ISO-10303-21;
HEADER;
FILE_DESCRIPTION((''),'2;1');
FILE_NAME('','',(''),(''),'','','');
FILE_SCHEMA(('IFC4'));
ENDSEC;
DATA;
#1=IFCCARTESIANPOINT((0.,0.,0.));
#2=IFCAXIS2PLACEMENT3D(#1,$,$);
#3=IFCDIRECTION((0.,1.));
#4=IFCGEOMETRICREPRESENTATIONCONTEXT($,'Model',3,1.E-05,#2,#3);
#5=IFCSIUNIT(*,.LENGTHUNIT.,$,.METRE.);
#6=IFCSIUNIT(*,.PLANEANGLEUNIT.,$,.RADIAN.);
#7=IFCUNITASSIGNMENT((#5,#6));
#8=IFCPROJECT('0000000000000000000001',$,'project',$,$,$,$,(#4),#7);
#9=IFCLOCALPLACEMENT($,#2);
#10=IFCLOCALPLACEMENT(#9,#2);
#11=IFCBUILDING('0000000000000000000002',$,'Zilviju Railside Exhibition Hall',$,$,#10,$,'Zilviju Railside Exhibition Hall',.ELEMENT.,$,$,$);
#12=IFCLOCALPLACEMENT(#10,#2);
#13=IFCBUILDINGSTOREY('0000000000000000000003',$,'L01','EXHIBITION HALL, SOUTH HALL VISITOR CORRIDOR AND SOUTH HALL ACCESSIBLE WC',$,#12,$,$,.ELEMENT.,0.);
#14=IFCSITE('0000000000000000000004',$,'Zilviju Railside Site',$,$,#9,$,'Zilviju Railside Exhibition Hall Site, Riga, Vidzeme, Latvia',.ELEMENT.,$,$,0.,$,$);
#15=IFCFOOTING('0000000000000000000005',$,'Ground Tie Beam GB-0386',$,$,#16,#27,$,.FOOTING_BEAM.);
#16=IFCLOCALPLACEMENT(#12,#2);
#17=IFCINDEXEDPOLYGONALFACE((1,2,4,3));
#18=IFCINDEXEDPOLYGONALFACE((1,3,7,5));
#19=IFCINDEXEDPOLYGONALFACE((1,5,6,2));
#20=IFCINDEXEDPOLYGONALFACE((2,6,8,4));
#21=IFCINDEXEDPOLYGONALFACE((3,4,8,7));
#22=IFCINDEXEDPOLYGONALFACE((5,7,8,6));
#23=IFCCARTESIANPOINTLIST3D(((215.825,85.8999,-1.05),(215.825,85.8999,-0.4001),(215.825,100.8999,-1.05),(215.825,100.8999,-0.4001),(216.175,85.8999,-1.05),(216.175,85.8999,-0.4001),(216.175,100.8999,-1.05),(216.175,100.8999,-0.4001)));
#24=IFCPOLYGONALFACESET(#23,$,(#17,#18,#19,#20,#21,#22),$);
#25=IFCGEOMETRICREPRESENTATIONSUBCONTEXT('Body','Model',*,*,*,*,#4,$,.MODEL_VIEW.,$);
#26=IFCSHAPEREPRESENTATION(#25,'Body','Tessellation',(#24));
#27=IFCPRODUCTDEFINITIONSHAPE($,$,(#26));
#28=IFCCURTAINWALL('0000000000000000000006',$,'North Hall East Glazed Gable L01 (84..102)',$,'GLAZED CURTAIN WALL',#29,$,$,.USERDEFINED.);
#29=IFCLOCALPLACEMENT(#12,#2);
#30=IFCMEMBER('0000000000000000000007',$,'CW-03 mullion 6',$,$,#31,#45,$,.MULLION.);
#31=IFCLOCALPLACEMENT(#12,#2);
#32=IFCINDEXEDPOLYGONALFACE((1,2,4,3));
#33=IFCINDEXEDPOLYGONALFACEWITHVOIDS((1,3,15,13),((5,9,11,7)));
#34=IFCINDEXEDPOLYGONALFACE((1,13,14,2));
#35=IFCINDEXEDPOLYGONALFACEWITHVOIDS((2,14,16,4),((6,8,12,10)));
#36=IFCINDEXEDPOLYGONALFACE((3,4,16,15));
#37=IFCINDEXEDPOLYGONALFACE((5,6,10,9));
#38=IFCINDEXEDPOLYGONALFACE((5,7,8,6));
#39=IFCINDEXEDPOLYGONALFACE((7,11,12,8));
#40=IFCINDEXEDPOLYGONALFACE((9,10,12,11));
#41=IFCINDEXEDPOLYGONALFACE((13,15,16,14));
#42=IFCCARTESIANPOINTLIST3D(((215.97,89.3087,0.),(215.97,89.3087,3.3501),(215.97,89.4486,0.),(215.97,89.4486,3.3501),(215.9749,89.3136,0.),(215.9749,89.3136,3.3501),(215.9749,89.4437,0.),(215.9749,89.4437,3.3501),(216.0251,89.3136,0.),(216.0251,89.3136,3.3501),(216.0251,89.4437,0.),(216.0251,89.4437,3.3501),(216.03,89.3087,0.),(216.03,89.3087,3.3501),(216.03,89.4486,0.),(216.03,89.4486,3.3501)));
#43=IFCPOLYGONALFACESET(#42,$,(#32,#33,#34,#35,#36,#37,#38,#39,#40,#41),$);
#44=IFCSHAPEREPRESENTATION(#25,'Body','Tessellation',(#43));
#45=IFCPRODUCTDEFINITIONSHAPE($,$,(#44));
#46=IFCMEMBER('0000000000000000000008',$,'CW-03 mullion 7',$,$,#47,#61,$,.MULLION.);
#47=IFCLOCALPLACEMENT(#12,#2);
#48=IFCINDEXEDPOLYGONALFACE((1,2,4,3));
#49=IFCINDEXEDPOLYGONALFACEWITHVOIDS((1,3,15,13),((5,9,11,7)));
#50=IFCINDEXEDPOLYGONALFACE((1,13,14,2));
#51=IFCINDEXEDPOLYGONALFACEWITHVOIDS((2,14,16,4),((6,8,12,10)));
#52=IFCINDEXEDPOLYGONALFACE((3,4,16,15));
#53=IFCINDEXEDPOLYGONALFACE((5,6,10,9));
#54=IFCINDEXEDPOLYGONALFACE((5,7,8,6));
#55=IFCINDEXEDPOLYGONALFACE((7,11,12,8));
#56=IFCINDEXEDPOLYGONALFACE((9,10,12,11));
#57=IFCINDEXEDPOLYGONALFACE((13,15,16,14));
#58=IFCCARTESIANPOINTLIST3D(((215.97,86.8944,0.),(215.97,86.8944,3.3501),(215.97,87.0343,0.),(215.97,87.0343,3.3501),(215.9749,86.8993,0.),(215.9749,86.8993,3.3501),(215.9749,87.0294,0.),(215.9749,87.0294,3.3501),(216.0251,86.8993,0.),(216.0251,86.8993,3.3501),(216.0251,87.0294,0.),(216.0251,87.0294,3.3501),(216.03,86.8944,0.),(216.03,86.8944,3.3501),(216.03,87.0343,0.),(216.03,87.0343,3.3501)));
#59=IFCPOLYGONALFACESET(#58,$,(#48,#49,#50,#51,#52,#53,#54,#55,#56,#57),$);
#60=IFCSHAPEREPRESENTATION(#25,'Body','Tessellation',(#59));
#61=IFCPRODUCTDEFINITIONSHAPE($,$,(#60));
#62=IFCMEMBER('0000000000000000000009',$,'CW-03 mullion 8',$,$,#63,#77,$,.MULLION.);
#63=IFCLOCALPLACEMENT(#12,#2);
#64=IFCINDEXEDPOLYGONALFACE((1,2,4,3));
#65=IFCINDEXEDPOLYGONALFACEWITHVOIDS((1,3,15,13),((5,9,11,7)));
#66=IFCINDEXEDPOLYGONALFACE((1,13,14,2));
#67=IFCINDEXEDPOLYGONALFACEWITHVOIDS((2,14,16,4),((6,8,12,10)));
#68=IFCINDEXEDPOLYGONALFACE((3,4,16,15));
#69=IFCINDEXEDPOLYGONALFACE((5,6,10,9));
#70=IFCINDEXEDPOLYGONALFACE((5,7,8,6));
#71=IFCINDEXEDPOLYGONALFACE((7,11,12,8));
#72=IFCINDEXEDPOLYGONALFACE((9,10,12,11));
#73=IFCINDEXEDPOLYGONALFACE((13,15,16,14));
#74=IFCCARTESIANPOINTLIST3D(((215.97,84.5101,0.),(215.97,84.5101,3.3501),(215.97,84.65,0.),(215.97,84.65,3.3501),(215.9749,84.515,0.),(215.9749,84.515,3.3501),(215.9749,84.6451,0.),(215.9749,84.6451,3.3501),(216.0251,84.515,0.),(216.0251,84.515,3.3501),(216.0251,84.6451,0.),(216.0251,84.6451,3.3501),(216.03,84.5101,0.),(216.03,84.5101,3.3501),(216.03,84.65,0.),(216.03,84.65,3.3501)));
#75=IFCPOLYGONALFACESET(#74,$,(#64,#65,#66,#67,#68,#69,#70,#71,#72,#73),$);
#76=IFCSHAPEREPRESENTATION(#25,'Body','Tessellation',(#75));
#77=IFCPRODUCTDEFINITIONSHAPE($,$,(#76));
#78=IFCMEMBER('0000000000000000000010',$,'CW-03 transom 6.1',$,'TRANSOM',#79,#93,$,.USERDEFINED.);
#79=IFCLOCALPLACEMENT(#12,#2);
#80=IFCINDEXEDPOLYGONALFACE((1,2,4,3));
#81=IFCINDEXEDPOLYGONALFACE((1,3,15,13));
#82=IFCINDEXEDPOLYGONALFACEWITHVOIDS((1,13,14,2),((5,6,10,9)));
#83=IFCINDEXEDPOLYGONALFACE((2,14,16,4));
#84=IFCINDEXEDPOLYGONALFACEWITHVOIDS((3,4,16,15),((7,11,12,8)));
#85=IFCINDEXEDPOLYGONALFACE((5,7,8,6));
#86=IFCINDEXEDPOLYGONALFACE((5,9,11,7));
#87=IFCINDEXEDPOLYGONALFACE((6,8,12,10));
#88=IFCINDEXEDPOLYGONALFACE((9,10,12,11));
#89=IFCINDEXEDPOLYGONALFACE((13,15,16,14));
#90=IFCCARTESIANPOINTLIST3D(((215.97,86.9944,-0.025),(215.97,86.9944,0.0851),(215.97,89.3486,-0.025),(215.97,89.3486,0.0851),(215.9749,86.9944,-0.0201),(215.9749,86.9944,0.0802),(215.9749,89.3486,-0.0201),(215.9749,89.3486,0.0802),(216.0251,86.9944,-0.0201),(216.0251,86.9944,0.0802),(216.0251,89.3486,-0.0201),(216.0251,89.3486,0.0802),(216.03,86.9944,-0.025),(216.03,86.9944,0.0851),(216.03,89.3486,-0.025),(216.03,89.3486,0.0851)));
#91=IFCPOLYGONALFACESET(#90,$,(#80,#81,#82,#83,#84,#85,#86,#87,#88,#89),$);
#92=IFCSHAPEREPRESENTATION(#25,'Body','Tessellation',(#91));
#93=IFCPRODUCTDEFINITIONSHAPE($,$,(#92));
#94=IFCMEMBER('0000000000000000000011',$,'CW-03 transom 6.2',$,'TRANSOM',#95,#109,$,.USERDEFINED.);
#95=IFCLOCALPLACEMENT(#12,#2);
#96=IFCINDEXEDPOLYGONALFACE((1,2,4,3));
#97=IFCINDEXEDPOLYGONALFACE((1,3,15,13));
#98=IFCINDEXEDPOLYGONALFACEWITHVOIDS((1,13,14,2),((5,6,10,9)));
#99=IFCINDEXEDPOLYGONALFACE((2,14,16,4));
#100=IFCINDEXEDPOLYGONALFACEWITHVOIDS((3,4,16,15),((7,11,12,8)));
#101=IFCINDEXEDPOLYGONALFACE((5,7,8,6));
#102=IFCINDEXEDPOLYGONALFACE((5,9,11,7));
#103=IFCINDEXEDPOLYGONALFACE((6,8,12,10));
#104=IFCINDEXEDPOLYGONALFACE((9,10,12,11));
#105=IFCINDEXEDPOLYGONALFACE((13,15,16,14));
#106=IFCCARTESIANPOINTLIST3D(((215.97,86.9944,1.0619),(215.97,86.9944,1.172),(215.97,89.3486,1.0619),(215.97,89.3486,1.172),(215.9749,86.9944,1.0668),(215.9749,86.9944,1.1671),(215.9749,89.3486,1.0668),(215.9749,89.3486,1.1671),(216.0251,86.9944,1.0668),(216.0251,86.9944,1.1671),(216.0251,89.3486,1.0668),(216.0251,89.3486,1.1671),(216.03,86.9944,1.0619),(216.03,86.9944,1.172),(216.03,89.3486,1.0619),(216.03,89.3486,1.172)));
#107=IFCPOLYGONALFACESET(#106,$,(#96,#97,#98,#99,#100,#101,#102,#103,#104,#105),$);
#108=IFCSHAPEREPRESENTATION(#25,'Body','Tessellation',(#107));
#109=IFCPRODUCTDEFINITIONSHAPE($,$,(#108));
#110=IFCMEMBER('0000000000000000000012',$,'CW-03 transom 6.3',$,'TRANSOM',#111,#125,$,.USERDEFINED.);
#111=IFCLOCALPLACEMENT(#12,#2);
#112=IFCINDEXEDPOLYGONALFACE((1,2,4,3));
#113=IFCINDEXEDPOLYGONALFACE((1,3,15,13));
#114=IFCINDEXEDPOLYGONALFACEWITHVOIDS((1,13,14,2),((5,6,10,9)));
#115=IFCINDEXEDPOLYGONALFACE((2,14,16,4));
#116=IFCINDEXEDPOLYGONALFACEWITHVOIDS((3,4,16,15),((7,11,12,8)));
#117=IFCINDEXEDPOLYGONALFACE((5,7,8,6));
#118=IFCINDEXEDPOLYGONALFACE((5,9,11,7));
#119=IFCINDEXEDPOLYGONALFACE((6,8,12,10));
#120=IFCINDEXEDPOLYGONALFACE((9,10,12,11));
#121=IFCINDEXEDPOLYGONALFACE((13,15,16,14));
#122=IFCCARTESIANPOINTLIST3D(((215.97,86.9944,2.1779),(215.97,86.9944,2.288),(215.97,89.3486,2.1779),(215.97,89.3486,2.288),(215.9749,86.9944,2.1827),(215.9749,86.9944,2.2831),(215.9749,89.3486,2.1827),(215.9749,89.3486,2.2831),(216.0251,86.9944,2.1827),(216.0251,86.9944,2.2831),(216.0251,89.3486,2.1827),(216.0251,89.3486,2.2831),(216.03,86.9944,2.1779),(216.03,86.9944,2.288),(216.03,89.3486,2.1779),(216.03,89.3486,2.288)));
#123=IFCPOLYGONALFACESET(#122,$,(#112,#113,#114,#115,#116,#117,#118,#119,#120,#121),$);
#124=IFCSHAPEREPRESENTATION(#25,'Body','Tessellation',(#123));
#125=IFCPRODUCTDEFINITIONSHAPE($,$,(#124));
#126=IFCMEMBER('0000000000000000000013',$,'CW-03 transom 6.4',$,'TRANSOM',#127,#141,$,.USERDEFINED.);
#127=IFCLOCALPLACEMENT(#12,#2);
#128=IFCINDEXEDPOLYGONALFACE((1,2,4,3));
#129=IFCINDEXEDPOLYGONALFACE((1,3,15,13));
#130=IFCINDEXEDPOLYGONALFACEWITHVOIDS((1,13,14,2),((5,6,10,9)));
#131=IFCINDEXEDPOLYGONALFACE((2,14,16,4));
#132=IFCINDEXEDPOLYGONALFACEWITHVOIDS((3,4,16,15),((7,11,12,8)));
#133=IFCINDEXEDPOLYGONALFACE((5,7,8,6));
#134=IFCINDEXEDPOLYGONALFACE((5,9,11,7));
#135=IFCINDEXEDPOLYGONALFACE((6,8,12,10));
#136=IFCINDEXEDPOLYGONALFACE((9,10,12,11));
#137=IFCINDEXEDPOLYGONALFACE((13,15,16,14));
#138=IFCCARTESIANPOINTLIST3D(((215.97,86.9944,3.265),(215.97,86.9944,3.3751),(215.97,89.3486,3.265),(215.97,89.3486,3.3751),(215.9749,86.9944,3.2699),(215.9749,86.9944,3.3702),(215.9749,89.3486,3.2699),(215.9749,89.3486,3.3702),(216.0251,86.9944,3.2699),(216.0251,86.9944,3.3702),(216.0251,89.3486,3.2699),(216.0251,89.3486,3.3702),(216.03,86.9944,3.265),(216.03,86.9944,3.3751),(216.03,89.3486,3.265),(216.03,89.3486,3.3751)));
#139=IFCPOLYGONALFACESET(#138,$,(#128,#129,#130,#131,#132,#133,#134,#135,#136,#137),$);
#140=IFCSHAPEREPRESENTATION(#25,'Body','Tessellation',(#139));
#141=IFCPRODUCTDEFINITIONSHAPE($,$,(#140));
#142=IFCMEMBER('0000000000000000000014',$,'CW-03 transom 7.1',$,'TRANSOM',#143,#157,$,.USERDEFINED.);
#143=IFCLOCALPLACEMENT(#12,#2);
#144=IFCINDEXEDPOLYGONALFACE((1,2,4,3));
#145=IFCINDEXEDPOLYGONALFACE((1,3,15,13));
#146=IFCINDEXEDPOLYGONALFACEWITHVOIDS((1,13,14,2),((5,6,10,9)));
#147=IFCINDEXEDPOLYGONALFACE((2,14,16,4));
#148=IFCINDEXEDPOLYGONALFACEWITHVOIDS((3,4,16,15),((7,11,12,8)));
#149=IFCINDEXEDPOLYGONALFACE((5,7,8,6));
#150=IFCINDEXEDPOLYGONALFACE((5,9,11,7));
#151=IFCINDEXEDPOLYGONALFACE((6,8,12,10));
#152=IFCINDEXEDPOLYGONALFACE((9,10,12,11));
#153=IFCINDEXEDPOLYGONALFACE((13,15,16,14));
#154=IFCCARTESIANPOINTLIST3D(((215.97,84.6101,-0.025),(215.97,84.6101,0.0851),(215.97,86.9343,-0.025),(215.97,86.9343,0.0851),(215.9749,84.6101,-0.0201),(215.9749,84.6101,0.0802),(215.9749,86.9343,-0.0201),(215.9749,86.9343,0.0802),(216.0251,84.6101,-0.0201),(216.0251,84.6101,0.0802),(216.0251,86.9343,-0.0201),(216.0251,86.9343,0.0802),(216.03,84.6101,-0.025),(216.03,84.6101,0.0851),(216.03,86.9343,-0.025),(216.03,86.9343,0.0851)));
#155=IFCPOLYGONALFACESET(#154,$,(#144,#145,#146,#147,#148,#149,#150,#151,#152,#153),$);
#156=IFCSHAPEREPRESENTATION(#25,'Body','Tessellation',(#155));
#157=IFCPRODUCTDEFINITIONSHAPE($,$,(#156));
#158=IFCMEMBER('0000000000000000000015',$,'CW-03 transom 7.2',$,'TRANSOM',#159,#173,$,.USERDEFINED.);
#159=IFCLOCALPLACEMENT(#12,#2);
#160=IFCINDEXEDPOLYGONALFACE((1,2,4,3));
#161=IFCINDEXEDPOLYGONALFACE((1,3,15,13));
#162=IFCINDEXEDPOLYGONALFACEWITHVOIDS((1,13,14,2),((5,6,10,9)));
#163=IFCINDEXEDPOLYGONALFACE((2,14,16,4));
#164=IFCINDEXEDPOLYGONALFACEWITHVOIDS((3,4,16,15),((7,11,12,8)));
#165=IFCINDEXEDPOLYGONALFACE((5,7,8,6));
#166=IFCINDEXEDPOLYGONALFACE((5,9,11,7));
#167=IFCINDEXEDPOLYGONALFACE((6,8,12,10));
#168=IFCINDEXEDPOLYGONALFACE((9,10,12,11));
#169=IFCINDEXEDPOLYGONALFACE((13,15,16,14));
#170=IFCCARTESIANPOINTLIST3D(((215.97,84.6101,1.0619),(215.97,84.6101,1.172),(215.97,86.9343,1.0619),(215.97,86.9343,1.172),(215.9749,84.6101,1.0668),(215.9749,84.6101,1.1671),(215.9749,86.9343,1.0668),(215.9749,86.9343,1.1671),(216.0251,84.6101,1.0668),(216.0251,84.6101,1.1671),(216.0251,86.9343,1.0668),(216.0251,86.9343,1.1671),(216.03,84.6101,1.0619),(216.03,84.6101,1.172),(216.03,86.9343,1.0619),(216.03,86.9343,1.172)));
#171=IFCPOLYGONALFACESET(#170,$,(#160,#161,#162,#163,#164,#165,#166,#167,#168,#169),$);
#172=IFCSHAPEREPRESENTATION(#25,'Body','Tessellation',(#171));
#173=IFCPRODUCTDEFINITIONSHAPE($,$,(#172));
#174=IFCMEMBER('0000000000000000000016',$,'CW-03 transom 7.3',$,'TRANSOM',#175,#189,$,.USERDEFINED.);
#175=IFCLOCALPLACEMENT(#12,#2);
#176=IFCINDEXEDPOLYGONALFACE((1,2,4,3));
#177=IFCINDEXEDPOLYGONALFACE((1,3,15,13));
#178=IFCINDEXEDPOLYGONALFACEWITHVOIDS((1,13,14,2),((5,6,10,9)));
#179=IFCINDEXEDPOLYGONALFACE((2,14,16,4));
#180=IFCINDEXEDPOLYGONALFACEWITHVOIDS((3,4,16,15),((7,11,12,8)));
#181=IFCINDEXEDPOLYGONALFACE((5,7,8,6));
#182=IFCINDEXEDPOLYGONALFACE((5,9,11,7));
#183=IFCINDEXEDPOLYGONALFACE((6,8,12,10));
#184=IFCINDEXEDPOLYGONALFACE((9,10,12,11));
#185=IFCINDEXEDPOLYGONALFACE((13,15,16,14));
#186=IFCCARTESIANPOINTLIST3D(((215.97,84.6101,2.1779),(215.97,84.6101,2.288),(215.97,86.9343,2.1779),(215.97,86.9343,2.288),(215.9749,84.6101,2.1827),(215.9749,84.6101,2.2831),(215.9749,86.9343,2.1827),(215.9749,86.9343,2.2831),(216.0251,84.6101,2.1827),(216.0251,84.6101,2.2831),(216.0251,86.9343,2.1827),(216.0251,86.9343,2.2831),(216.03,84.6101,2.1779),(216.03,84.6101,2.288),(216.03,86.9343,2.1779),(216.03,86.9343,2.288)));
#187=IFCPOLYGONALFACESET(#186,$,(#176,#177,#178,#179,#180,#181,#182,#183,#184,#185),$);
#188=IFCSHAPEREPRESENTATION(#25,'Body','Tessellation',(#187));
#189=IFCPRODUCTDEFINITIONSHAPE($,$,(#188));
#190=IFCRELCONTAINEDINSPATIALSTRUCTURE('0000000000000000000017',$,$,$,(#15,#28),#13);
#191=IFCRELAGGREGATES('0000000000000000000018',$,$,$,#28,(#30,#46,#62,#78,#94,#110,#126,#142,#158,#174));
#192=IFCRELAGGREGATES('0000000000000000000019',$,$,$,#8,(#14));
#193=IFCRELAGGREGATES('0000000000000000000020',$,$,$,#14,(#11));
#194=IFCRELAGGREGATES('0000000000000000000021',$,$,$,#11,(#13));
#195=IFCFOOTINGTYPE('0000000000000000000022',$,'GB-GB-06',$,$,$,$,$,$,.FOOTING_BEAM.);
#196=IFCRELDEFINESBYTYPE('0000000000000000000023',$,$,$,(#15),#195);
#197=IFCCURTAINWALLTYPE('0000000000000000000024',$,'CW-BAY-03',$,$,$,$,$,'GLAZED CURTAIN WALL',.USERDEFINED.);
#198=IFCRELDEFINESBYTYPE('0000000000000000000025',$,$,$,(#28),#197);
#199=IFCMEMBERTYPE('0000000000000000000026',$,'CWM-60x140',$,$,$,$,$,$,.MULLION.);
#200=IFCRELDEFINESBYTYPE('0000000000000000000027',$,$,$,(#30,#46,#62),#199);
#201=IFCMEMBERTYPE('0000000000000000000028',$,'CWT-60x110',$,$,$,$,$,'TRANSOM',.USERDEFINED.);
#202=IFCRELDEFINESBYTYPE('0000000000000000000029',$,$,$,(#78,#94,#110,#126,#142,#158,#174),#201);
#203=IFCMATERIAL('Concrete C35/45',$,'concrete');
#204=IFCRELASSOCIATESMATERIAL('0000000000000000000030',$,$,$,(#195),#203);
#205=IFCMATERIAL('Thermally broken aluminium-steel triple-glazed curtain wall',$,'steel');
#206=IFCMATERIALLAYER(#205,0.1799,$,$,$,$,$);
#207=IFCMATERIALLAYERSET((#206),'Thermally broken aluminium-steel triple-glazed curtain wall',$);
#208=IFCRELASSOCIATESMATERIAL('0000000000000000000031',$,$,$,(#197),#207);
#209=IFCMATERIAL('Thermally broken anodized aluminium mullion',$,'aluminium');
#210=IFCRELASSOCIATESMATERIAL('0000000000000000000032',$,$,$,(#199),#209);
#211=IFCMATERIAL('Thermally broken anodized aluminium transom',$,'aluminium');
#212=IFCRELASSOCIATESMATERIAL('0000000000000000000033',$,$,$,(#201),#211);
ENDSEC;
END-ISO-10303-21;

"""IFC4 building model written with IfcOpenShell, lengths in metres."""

from ifc_helpers import new_model, si_unit, direction, frame, origin, origin_2d, place, context, subcontext, project, spatial, rectangle, hollow_rectangle, extrude, material, layer, layer_set, material_profile, profile_set, type_object, element, aggregate, save


model = new_model("IFC4")

# Units and contexts
model_context = context("Model", 3, precision=1e-05, world=origin(), true_north=direction((0.0, 1.0)))
body_context = subcontext(model_context, "Body", "Model", "MODEL_VIEW")
ifc_project = project(units=[si_unit("LENGTHUNIT", "METRE"), si_unit("PLANEANGLEUNIT", "RADIAN")], contexts=[model_context])

# Site, building, storey
site_placement = place(None, origin())
site = spatial("IfcSite", under=ifc_project, at=site_placement, Name="Zilviju Railside Site", LongName="Zilviju Railside Exhibition Hall Site, Riga, Vidzeme, Latvia", CompositionType="ELEMENT", RefElevation=0.0)
building_placement = place(site_placement, origin())
building = spatial("IfcBuilding", under=site, at=building_placement, Name="Zilviju Railside Exhibition Hall", LongName="Zilviju Railside Exhibition Hall", CompositionType="ELEMENT")
storey_placement = place(building_placement, origin())
storey = spatial("IfcBuildingStorey", under=building, at=storey_placement, Name="L01", Description="EXHIBITION HALL, SOUTH HALL VISITOR CORRIDOR AND SOUTH HALL ACCESSIBLE WC", CompositionType="ELEMENT", Elevation=0.0)

# Footing
ifc_material_1 = material(Name="Concrete C35/45", Category="concrete")
ifc_material_profile_1 = material_profile(ifc_material_1, rectangle(XDim=0.3501, YDim=0.6499, at=origin_2d()), Name="TIE BEAM 350x650")
ifc_profile_set_1 = profile_set([ifc_material_profile_1], Name="Concrete C35/45")
footing_type = type_object("IfcFootingType", Name="GB-GB-06", PredefinedType="FOOTING_BEAM", material=ifc_profile_set_1)
footing_placement = place(storey_placement, frame((216.0, 85.8999, -0.7251), z_axis=(0.0, 1.0, 0.0), x_axis=(-1.0, 0.0, 0.0)))
element("IfcFooting", 1, at=footing_placement, inside=storey, type_object=footing_type, Name="Ground Tie Beam GB-0386", PredefinedType="FOOTING_BEAM", context=body_context, shape_type="SweptSolid", body=[
    extrude(rectangle(XDim=0.3501, YDim=0.6499, at=origin_2d()), origin(), (0.0, 0.0, 1.0), 15.0),
])

# Curtain wall, members
ifc_material_2 = material(Name="Thermally broken aluminium-steel triple-glazed curtain wall", Category="steel")
ifc_layer_1 = layer(ifc_material_2, 0.1799)
ifc_layer_set_1 = layer_set([ifc_layer_1], Name="Thermally broken aluminium-steel triple-glazed curtain wall")
curtain_wall_type = type_object("IfcCurtainWallType", Name="CW-BAY-03", ElementType="GLAZED CURTAIN WALL", PredefinedType="USERDEFINED", material=ifc_layer_set_1)
curtain_wall_placement = place(storey_placement, origin())
curtain_wall = element("IfcCurtainWall", 2, at=curtain_wall_placement, inside=storey, type_object=curtain_wall_type, Name="North Hall East Glazed Gable L01 (84..102)", ObjectType="GLAZED CURTAIN WALL", PredefinedType="USERDEFINED")
ifc_material_3 = material(Name="Thermally broken anodized aluminium mullion", Category="aluminium")
ifc_material_profile_2 = material_profile(ifc_material_3, hollow_rectangle(XDim=0.0601, YDim=0.1399, WallThickness=0.0049, at=origin_2d()), Name="MULLION 140x60x5")
ifc_profile_set_2 = profile_set([ifc_material_profile_2], Name="Thermally broken anodized aluminium mullion")
member_type_1 = type_object("IfcMemberType", Name="CWM-60x140", PredefinedType="MULLION", material=ifc_profile_set_2)
member_1_placement = place(storey_placement, frame((216.0, 89.3787, 0.0), z_axis=(0.0, 0.0, 1.0), x_axis=(1.0, 0.0, 0.0)))
member_1 = element("IfcMember", 3, at=member_1_placement, type_object=member_type_1, Name="CW-03 mullion 6", PredefinedType="MULLION", context=body_context, shape_type="SweptSolid", body=[
    extrude(hollow_rectangle(XDim=0.0601, YDim=0.1399, WallThickness=0.0049, at=origin_2d()), origin(), (0.0, 0.0, 1.0), 3.3501),
])
member_2_placement = place(storey_placement, frame((216.0, 86.9644, 0.0), z_axis=(0.0, 0.0, 1.0), x_axis=(1.0, 0.0, 0.0)))
member_2 = element("IfcMember", 4, at=member_2_placement, type_object=member_type_1, Name="CW-03 mullion 7", PredefinedType="MULLION", context=body_context, shape_type="SweptSolid", body=[
    extrude(hollow_rectangle(XDim=0.0601, YDim=0.1399, WallThickness=0.0049, at=origin_2d()), origin(), (0.0, 0.0, 1.0), 3.3501),
])
member_3_placement = place(storey_placement, frame((216.0, 84.5801, 0.0), z_axis=(0.0, 0.0, 1.0), x_axis=(1.0, 0.0, 0.0)))
member_3 = element("IfcMember", 5, at=member_3_placement, type_object=member_type_1, Name="CW-03 mullion 8", PredefinedType="MULLION", context=body_context, shape_type="SweptSolid", body=[
    extrude(hollow_rectangle(XDim=0.0601, YDim=0.1399, WallThickness=0.0049, at=origin_2d()), origin(), (0.0, 0.0, 1.0), 3.3501),
])
ifc_material_4 = material(Name="Thermally broken anodized aluminium transom", Category="aluminium")
ifc_material_profile_3 = material_profile(ifc_material_4, hollow_rectangle(XDim=0.0601, YDim=0.1101, WallThickness=0.0049, at=origin_2d()), Name="TRANSOM 110x60x5")
ifc_profile_set_3 = profile_set([ifc_material_profile_3], Name="Thermally broken anodized aluminium transom")
member_type_2 = type_object("IfcMemberType", Name="CWT-60x110", ElementType="TRANSOM", PredefinedType="USERDEFINED", material=ifc_profile_set_3)
member_4_placement = place(storey_placement, frame((216.0, 89.3486, 0.03), z_axis=(0.0, -1.0, 0.0), x_axis=(1.0, 0.0, 0.0)))
member_4 = element("IfcMember", 6, at=member_4_placement, type_object=member_type_2, Name="CW-03 transom 6.1", ObjectType="TRANSOM", PredefinedType="USERDEFINED", context=body_context, shape_type="SweptSolid", body=[
    extrude(hollow_rectangle(XDim=0.0601, YDim=0.1101, WallThickness=0.0049, at=origin_2d()), origin(), (0.0, 0.0, 1.0), 2.3542),
])
member_5_placement = place(storey_placement, frame((216.0, 89.3486, 1.1169), z_axis=(0.0, -1.0, 0.0), x_axis=(1.0, 0.0, 0.0)))
member_5 = element("IfcMember", 7, at=member_5_placement, type_object=member_type_2, Name="CW-03 transom 6.2", ObjectType="TRANSOM", PredefinedType="USERDEFINED", context=body_context, shape_type="SweptSolid", body=[
    extrude(hollow_rectangle(XDim=0.0601, YDim=0.1101, WallThickness=0.0049, at=origin_2d()), origin(), (0.0, 0.0, 1.0), 2.3542),
])
member_6_placement = place(storey_placement, frame((216.0, 89.3486, 2.2329), z_axis=(0.0, -1.0, 0.0), x_axis=(1.0, 0.0, 0.0)))
member_6 = element("IfcMember", 8, at=member_6_placement, type_object=member_type_2, Name="CW-03 transom 6.3", ObjectType="TRANSOM", PredefinedType="USERDEFINED", context=body_context, shape_type="SweptSolid", body=[
    extrude(hollow_rectangle(XDim=0.0601, YDim=0.1101, WallThickness=0.0049, at=origin_2d()), origin(), (0.0, 0.0, 1.0), 2.3542),
])
member_7_placement = place(storey_placement, frame((216.0, 89.3486, 3.3201), z_axis=(0.0, -1.0, 0.0), x_axis=(1.0, 0.0, 0.0)))
member_7 = element("IfcMember", 9, at=member_7_placement, type_object=member_type_2, Name="CW-03 transom 6.4", ObjectType="TRANSOM", PredefinedType="USERDEFINED", context=body_context, shape_type="SweptSolid", body=[
    extrude(hollow_rectangle(XDim=0.0601, YDim=0.1101, WallThickness=0.0049, at=origin_2d()), origin(), (0.0, 0.0, 1.0), 2.3542),
])
member_8_placement = place(storey_placement, frame((216.0, 86.9343, 0.03), z_axis=(0.0, -1.0, 0.0), x_axis=(1.0, 0.0, 0.0)))
member_8 = element("IfcMember", 10, at=member_8_placement, type_object=member_type_2, Name="CW-03 transom 7.1", ObjectType="TRANSOM", PredefinedType="USERDEFINED", context=body_context, shape_type="SweptSolid", body=[
    extrude(hollow_rectangle(XDim=0.0601, YDim=0.1101, WallThickness=0.0049, at=origin_2d()), origin(), (0.0, 0.0, 1.0), 2.3242),
])
member_9_placement = place(storey_placement, frame((216.0, 86.9343, 1.1169), z_axis=(0.0, -1.0, 0.0), x_axis=(1.0, 0.0, 0.0)))
member_9 = element("IfcMember", 11, at=member_9_placement, type_object=member_type_2, Name="CW-03 transom 7.2", ObjectType="TRANSOM", PredefinedType="USERDEFINED", context=body_context, shape_type="SweptSolid", body=[
    extrude(hollow_rectangle(XDim=0.0601, YDim=0.1101, WallThickness=0.0049, at=origin_2d()), origin(), (0.0, 0.0, 1.0), 2.3242),
])
member_10_placement = place(storey_placement, frame((216.0, 86.9343, 2.2329), z_axis=(0.0, -1.0, 0.0), x_axis=(1.0, 0.0, 0.0)))
member_10 = element("IfcMember", 12, at=member_10_placement, type_object=member_type_2, Name="CW-03 transom 7.3", ObjectType="TRANSOM", PredefinedType="USERDEFINED", context=body_context, shape_type="SweptSolid", body=[
    extrude(hollow_rectangle(XDim=0.0601, YDim=0.1101, WallThickness=0.0049, at=origin_2d()), origin(), (0.0, 0.0, 1.0), 2.3242),
])
aggregate(curtain_wall, [member_1, member_2, member_3, member_4, member_5, member_6, member_7, member_8, member_9, member_10])

save(model, "model.ifc")
